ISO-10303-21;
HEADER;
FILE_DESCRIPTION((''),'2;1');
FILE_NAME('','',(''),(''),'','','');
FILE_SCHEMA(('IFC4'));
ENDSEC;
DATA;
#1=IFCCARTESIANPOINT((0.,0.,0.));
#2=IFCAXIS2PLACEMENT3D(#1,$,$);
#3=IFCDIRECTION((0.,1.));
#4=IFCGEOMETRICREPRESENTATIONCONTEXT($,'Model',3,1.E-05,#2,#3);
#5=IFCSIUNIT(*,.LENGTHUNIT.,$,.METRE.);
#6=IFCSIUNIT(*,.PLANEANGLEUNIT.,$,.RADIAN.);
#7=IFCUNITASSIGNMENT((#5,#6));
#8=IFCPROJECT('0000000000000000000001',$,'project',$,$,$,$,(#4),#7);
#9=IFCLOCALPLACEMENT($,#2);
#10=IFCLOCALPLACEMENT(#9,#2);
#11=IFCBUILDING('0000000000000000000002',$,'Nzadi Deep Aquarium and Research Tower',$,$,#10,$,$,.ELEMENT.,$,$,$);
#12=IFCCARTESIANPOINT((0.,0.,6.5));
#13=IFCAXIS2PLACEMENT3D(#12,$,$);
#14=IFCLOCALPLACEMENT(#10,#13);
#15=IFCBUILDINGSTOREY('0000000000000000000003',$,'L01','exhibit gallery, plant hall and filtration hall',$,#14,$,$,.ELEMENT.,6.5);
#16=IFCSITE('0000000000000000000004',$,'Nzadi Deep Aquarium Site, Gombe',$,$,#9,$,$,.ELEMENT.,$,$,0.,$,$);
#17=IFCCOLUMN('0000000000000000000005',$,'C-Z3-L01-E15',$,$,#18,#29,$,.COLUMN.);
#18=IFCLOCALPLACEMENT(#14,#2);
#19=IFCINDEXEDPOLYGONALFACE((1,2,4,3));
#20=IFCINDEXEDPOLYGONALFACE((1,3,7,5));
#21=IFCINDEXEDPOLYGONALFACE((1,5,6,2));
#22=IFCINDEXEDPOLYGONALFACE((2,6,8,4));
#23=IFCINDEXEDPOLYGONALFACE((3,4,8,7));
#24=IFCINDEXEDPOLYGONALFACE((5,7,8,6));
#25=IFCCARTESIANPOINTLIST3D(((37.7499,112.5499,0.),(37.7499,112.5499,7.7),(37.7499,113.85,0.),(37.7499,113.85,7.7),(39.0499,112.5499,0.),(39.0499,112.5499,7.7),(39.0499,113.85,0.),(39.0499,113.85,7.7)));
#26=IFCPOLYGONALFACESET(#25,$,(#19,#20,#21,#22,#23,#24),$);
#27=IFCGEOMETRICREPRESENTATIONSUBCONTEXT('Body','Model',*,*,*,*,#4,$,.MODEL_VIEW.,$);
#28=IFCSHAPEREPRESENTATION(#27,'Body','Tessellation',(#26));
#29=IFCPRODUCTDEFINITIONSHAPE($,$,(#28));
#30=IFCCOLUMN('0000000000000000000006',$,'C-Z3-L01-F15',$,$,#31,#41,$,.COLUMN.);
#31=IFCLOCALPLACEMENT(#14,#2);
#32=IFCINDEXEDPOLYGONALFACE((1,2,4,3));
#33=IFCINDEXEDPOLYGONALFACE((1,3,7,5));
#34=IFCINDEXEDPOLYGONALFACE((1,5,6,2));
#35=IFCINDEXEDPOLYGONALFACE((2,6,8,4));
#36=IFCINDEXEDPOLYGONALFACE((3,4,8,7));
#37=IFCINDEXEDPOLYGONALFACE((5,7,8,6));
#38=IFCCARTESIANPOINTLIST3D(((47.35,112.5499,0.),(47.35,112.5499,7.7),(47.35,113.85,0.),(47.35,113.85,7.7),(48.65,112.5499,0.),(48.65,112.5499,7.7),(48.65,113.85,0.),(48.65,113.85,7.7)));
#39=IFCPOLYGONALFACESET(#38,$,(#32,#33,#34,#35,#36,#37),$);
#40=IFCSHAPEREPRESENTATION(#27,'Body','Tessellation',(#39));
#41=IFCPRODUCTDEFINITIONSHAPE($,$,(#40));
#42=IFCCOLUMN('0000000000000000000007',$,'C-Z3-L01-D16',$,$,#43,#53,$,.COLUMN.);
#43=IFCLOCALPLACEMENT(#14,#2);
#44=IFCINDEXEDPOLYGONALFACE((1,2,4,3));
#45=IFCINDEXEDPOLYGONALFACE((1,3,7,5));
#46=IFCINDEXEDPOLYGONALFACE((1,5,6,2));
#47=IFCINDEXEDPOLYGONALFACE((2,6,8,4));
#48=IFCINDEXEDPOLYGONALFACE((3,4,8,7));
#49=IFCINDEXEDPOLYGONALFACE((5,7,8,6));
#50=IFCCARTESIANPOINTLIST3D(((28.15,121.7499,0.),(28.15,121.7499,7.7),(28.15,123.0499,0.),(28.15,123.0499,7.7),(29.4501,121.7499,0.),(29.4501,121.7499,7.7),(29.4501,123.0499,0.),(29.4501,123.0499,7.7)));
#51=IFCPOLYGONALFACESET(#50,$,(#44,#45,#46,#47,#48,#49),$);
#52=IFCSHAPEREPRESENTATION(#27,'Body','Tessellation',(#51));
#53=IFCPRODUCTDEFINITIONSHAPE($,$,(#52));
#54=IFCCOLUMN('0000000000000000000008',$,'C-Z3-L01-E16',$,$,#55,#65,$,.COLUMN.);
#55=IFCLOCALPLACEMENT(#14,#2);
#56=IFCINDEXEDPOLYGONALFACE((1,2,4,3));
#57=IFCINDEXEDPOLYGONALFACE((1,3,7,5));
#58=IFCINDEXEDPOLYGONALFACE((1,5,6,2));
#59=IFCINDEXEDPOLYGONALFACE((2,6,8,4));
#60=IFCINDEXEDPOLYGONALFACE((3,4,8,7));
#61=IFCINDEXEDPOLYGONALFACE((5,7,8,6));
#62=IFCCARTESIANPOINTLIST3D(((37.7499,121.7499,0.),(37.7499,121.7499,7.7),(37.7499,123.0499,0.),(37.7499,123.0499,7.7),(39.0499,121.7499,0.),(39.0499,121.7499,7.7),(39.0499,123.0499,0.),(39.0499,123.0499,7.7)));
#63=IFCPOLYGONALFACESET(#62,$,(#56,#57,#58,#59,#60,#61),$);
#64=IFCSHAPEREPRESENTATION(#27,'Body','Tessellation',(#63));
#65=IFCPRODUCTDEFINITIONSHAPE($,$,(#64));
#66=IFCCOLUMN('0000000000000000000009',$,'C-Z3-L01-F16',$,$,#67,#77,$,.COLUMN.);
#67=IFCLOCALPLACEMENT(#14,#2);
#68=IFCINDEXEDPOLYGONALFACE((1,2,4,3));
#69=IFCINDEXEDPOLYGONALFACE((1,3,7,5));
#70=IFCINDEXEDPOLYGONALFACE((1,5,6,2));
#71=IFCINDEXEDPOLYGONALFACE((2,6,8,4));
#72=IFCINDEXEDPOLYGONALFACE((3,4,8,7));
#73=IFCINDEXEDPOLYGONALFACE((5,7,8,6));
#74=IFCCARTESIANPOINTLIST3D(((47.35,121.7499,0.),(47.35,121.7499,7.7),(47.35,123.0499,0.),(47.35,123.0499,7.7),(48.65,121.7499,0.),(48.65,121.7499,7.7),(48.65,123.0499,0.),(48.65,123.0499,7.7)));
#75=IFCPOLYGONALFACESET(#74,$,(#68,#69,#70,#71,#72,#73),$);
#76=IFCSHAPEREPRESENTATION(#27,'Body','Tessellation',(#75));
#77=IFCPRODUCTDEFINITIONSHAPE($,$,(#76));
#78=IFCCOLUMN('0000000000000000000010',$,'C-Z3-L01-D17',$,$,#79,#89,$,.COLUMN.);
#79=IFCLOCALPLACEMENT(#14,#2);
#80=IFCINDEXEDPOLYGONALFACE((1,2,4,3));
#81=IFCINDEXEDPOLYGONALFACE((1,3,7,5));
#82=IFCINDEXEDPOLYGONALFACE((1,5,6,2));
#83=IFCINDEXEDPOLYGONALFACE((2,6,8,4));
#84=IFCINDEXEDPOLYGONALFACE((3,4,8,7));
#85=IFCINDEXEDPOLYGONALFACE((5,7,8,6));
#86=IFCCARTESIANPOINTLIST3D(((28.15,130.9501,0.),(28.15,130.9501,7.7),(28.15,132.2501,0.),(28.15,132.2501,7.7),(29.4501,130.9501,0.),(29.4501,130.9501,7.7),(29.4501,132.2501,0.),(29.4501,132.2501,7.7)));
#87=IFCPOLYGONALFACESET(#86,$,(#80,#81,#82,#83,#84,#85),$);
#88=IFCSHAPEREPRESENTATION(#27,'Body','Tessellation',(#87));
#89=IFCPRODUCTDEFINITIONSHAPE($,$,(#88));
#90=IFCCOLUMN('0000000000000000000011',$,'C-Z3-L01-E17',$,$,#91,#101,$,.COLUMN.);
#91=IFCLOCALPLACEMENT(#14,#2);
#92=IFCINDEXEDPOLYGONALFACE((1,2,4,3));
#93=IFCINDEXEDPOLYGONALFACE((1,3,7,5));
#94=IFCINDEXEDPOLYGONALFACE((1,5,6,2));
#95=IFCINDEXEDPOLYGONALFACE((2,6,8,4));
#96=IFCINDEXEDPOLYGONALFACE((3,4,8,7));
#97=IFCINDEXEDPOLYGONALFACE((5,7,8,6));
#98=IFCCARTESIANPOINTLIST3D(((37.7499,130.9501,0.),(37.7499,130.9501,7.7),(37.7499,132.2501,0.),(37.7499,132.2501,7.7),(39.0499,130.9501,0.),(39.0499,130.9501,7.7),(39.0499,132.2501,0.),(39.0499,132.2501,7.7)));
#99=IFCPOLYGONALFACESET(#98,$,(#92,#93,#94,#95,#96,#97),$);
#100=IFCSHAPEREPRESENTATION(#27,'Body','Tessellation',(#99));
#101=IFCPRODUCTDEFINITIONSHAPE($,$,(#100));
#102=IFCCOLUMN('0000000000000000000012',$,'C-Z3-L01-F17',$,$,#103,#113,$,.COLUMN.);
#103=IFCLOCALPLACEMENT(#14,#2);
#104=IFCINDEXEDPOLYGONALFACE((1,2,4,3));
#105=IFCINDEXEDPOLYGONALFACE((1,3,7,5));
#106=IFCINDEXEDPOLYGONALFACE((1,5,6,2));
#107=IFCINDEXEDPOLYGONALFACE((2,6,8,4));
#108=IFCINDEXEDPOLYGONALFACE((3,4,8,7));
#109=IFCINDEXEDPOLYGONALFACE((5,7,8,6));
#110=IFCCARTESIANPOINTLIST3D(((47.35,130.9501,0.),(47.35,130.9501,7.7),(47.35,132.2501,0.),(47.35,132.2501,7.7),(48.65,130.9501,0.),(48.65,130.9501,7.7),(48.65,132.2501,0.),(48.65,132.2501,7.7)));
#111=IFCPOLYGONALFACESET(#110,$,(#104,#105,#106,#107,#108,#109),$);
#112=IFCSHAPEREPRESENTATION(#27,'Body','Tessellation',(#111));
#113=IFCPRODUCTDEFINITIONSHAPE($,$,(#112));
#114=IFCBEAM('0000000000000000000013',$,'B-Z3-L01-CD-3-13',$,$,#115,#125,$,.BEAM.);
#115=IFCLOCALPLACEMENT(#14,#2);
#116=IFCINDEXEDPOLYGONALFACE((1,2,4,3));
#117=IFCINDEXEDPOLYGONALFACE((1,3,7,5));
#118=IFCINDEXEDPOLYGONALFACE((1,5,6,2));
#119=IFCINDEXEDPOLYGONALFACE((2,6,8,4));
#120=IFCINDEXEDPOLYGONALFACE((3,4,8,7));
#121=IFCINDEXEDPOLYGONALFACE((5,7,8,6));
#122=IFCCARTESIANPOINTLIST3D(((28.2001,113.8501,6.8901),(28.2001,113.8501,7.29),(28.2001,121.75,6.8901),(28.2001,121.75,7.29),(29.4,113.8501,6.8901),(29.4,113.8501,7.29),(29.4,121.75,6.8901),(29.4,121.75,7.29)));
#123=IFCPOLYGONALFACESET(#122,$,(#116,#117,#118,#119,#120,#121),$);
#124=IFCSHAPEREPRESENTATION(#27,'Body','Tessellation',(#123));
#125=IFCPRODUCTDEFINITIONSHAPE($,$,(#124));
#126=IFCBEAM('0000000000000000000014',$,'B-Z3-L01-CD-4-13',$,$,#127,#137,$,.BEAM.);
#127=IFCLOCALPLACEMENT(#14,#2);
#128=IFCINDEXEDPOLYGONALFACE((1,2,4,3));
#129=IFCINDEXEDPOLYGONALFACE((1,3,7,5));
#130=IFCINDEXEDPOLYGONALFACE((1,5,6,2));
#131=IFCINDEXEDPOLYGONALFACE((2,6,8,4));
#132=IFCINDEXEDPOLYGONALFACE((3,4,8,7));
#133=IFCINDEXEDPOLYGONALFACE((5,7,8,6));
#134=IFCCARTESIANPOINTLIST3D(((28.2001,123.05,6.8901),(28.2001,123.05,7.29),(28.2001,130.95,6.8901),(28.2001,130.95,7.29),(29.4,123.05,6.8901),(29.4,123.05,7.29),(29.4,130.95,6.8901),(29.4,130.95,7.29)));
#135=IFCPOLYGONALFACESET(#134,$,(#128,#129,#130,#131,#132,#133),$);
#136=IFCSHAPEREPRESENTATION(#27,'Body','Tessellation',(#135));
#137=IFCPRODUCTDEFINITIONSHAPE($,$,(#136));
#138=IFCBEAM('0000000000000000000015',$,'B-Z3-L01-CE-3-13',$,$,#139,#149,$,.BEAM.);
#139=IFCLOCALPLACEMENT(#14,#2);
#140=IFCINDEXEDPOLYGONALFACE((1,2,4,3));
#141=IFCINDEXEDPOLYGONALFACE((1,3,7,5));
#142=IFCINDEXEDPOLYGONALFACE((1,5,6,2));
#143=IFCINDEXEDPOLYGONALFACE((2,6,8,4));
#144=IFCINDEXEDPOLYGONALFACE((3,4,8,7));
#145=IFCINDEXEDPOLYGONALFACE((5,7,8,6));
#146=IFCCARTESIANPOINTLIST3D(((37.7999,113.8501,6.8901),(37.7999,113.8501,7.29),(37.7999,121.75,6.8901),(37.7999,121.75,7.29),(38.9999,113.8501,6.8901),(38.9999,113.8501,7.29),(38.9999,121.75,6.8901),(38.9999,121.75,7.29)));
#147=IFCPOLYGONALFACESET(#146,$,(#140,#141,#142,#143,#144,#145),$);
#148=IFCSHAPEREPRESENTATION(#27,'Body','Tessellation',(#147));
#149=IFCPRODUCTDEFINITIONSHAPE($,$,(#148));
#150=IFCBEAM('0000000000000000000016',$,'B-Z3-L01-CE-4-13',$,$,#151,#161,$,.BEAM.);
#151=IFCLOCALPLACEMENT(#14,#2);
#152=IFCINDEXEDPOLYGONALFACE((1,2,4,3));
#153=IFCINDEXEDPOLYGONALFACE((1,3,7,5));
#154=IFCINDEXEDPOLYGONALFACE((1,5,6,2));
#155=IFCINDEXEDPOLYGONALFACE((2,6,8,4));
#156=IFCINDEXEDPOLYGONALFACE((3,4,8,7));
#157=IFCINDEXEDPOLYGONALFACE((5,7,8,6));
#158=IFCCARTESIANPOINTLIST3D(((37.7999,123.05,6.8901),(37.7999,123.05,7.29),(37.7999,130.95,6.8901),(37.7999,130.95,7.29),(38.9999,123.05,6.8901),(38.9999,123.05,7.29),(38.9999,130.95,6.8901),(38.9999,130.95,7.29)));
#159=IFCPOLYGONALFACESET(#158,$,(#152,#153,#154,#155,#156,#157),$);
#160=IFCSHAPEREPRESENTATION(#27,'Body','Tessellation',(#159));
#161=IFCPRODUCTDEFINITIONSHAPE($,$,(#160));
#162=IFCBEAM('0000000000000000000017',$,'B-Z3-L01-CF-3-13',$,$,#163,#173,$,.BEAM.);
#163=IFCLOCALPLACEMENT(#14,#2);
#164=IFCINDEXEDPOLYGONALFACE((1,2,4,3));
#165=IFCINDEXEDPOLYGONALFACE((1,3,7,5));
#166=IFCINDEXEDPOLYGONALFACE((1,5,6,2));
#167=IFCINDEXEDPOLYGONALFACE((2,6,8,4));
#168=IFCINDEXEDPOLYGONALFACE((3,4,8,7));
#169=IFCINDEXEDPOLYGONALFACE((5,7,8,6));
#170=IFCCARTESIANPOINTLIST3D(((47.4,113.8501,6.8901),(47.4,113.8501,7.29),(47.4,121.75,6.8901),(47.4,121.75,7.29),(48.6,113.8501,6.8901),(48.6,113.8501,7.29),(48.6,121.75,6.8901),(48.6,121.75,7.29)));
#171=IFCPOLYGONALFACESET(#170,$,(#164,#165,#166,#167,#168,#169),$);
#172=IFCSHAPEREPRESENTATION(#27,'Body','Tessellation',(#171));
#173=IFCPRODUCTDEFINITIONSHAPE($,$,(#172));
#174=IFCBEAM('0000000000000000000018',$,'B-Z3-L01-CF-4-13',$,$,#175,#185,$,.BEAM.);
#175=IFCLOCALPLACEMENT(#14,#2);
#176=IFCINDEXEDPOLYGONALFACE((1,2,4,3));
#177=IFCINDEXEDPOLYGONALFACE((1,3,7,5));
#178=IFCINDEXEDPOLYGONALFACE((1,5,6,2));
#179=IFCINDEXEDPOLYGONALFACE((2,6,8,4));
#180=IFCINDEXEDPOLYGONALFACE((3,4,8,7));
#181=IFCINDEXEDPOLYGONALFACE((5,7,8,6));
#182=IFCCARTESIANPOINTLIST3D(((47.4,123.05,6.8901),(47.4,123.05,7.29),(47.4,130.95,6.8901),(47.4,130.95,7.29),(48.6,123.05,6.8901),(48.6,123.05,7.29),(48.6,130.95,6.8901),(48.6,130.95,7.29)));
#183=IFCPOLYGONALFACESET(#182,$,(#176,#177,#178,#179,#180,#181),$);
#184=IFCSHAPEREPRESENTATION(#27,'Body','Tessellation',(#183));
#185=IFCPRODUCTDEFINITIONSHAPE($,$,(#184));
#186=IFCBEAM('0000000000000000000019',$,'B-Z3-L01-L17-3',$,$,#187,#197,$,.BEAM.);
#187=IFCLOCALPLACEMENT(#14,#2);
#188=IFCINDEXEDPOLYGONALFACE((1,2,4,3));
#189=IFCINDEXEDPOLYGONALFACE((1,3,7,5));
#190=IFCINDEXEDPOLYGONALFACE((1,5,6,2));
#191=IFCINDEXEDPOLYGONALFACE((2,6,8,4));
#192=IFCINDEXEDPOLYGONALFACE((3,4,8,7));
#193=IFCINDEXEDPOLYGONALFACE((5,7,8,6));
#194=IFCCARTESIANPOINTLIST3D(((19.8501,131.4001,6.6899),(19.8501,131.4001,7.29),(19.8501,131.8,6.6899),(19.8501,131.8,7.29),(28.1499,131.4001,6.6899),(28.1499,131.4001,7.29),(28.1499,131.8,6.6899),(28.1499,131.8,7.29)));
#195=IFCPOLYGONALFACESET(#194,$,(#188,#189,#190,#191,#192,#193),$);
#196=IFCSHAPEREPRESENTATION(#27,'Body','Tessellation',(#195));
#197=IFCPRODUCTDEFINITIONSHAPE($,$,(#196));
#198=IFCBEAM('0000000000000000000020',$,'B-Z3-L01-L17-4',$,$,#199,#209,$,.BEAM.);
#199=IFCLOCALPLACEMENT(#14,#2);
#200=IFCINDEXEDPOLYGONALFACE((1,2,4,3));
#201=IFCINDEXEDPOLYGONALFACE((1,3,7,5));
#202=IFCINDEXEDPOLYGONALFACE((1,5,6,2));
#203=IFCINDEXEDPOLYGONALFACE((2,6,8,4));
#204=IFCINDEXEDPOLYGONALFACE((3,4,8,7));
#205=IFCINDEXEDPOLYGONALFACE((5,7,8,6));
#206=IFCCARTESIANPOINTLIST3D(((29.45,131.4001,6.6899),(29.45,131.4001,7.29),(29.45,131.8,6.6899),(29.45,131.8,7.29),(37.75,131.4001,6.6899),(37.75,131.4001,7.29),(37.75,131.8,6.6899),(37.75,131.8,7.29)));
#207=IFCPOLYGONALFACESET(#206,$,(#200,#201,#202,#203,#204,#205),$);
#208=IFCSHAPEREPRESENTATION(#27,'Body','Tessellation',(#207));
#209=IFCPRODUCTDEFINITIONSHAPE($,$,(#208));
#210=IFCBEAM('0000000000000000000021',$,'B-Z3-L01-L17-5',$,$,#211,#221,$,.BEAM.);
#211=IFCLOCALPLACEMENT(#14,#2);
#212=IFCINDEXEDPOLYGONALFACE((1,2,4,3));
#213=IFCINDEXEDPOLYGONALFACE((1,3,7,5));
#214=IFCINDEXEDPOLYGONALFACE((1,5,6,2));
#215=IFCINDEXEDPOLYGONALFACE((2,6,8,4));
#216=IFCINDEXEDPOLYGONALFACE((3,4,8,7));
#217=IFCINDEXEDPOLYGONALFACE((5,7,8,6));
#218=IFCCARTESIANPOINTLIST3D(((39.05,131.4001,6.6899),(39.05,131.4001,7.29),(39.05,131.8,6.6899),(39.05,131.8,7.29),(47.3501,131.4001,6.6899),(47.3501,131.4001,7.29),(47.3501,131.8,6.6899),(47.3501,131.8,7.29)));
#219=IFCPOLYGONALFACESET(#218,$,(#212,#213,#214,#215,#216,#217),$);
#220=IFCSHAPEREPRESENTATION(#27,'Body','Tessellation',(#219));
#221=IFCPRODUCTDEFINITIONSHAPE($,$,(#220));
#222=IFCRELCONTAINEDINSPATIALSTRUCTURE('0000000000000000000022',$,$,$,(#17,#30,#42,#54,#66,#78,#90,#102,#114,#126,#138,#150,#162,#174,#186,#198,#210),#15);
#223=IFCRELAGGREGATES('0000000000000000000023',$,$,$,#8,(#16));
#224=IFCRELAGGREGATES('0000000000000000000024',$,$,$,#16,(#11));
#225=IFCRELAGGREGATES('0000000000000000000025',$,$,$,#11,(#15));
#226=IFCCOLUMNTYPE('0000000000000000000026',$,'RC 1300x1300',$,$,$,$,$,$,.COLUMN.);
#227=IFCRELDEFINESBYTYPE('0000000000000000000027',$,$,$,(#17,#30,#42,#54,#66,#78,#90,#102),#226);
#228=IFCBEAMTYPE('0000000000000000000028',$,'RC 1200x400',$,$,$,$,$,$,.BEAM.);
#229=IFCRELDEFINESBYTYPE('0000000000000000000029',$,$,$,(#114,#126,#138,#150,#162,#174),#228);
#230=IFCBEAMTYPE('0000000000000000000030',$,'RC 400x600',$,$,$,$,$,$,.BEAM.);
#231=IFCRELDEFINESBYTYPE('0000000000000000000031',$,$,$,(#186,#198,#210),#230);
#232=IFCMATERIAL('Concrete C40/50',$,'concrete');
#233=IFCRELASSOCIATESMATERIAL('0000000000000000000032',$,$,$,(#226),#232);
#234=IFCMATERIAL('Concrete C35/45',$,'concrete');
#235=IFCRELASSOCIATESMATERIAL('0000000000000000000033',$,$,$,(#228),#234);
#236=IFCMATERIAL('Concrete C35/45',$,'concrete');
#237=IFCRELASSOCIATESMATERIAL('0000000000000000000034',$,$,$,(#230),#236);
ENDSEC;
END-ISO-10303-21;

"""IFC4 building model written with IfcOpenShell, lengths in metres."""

from ifc_helpers import new_model, si_unit, direction, frame, origin, origin_2d, place, context, subcontext, project, spatial, rectangle, extrude, material, material_profile, profile_set, type_object, element, save


model = new_model("IFC4")

# Units and contexts
model_context = context("Model", 3, precision=1e-05, world=origin(), true_north=direction((0.0, 1.0)))
body_context = subcontext(model_context, "Body", "Model", "MODEL_VIEW")
ifc_project = project(units=[si_unit("LENGTHUNIT", "METRE"), si_unit("PLANEANGLEUNIT", "RADIAN")], contexts=[model_context])

# Site, building, storey
site_placement = place(None, origin())
site = spatial("IfcSite", under=ifc_project, at=site_placement, Name="Nzadi Deep Aquarium Site, Gombe", CompositionType="ELEMENT", RefElevation=0.0)
building_placement = place(site_placement, origin())
building = spatial("IfcBuilding", under=site, at=building_placement, Name="Nzadi Deep Aquarium and Research Tower", CompositionType="ELEMENT")
storey_placement = place(building_placement, frame((0.0, 0.0, 6.5)))
storey = spatial("IfcBuildingStorey", under=building, at=storey_placement, Name="L01", Description="exhibit gallery, plant hall and filtration hall", CompositionType="ELEMENT", Elevation=6.5)

# Columns
ifc_material_1 = material(Name="Concrete C40/50", Category="concrete")
ifc_material_profile_1 = material_profile(ifc_material_1, rectangle(XDim=1.3, YDim=1.3, at=origin_2d()))
ifc_profile_set_1 = profile_set([ifc_material_profile_1], Name="Concrete C40/50")
column_type = type_object("IfcColumnType", Name="RC 1300x1300", PredefinedType="COLUMN", material=ifc_profile_set_1)
for number, where, z_axis, x_axis, name in (
    (1, (38.3999, 113.2, 0.0), (0.0, 0.0, 1.0), (1.0, 0.0, 0.0), "C-Z3-L01-E15"),
    (2, (48.0, 113.2, 0.0), (0.0, 0.0, 1.0), (1.0, 0.0, 0.0), "C-Z3-L01-F15"),
    (3, (28.8, 122.3999, 0.0), (0.0, 0.0, 1.0), (1.0, 0.0, 0.0), "C-Z3-L01-D16"),
    (4, (38.3999, 122.3999, 0.0), (0.0, 0.0, 1.0), (1.0, 0.0, 0.0), "C-Z3-L01-E16"),
    (5, (48.0, 122.3999, 0.0), (0.0, 0.0, 1.0), (1.0, 0.0, 0.0), "C-Z3-L01-F16"),
    (6, (28.8, 131.6001, 0.0), (0.0, 0.0, 1.0), (1.0, 0.0, 0.0), "C-Z3-L01-D17"),
    (7, (38.3999, 131.6001, 0.0), (0.0, 0.0, 1.0), (1.0, 0.0, 0.0), "C-Z3-L01-E17"),
    (8, (48.0, 131.6001, 0.0), (0.0, 0.0, 1.0), (1.0, 0.0, 0.0), "C-Z3-L01-F17"),
):
    element("IfcColumn", number, at=place(storey_placement, frame(where, z_axis=z_axis, x_axis=x_axis)), inside=storey, type_object=column_type, Name=name, PredefinedType="COLUMN", context=body_context, shape_type="SweptSolid", body=[
        extrude(rectangle(XDim=1.3, YDim=1.3, at=origin_2d()), origin(), (0.0, 0.0, 1.0), 7.7),
    ])

# Beams
ifc_material_2 = material(Name="Concrete C35/45", Category="concrete")
ifc_material_profile_2 = material_profile(ifc_material_2, rectangle(XDim=1.2, YDim=0.3999, at=origin_2d()))
ifc_profile_set_2 = profile_set([ifc_material_profile_2], Name="Concrete C35/45")
beam_type_1 = type_object("IfcBeamType", Name="RC 1200x400", PredefinedType="BEAM", material=ifc_profile_set_2)
for number, where, z_axis, x_axis, name in (
    (9, (28.8, 113.8501, 7.0901), (0.0, 1.0, 0.0), (-1.0, 0.0, 0.0), "B-Z3-L01-CD-3-13"),
    (10, (28.8, 123.05, 7.0901), (0.0, 1.0, 0.0), (-1.0, 0.0, 0.0), "B-Z3-L01-CD-4-13"),
    (11, (38.3999, 113.8501, 7.0901), (0.0, 1.0, 0.0), (-1.0, 0.0, 0.0), "B-Z3-L01-CE-3-13"),
    (12, (38.3999, 123.05, 7.0901), (0.0, 1.0, 0.0), (-1.0, 0.0, 0.0), "B-Z3-L01-CE-4-13"),
    (13, (48.0, 113.8501, 7.0901), (0.0, 1.0, 0.0), (-1.0, 0.0, 0.0), "B-Z3-L01-CF-3-13"),
    (14, (48.0, 123.05, 7.0901), (0.0, 1.0, 0.0), (-1.0, 0.0, 0.0), "B-Z3-L01-CF-4-13"),
):
    element("IfcBeam", number, at=place(storey_placement, frame(where, z_axis=z_axis, x_axis=x_axis)), inside=storey, type_object=beam_type_1, Name=name, PredefinedType="BEAM", context=body_context, shape_type="SweptSolid", body=[
        extrude(rectangle(XDim=1.2, YDim=0.3999, at=origin_2d()), origin(), (0.0, 0.0, 1.0), 7.8999),
    ])
ifc_material_3 = material(Name="Concrete C35/45", Category="concrete")
ifc_material_profile_3 = material_profile(ifc_material_3, rectangle(XDim=0.3999, YDim=0.6001, at=origin_2d()))
ifc_profile_set_3 = profile_set([ifc_material_profile_3], Name="Concrete C35/45")
beam_type_2 = type_object("IfcBeamType", Name="RC 400x600", PredefinedType="BEAM", material=ifc_profile_set_3)
beam_1_placement = place(storey_placement, frame((19.8501, 131.6001, 6.99), z_axis=(1.0, 0.0, 0.0), x_axis=(0.0, 1.0, 0.0)))
element("IfcBeam", 15, at=beam_1_placement, inside=storey, type_object=beam_type_2, Name="B-Z3-L01-L17-3", PredefinedType="BEAM", context=body_context, shape_type="SweptSolid", body=[
    extrude(rectangle(XDim=0.3999, YDim=0.6001, at=origin_2d()), origin(), (0.0, 0.0, 1.0), 8.2998),
])
for number, where, z_axis, x_axis, name in (
    (16, (29.45, 131.6001, 6.99), (1.0, 0.0, 0.0), (0.0, 1.0, 0.0), "B-Z3-L01-L17-4"),
    (17, (39.05, 131.6001, 6.99), (1.0, 0.0, 0.0), (0.0, 1.0, 0.0), "B-Z3-L01-L17-5"),
):
    element("IfcBeam", number, at=place(storey_placement, frame(where, z_axis=z_axis, x_axis=x_axis)), inside=storey, type_object=beam_type_2, Name=name, PredefinedType="BEAM", context=body_context, shape_type="SweptSolid", body=[
        extrude(rectangle(XDim=0.3999, YDim=0.6001, at=origin_2d()), origin(), (0.0, 0.0, 1.0), 8.3),
    ])

save(model, "model.ifc")
